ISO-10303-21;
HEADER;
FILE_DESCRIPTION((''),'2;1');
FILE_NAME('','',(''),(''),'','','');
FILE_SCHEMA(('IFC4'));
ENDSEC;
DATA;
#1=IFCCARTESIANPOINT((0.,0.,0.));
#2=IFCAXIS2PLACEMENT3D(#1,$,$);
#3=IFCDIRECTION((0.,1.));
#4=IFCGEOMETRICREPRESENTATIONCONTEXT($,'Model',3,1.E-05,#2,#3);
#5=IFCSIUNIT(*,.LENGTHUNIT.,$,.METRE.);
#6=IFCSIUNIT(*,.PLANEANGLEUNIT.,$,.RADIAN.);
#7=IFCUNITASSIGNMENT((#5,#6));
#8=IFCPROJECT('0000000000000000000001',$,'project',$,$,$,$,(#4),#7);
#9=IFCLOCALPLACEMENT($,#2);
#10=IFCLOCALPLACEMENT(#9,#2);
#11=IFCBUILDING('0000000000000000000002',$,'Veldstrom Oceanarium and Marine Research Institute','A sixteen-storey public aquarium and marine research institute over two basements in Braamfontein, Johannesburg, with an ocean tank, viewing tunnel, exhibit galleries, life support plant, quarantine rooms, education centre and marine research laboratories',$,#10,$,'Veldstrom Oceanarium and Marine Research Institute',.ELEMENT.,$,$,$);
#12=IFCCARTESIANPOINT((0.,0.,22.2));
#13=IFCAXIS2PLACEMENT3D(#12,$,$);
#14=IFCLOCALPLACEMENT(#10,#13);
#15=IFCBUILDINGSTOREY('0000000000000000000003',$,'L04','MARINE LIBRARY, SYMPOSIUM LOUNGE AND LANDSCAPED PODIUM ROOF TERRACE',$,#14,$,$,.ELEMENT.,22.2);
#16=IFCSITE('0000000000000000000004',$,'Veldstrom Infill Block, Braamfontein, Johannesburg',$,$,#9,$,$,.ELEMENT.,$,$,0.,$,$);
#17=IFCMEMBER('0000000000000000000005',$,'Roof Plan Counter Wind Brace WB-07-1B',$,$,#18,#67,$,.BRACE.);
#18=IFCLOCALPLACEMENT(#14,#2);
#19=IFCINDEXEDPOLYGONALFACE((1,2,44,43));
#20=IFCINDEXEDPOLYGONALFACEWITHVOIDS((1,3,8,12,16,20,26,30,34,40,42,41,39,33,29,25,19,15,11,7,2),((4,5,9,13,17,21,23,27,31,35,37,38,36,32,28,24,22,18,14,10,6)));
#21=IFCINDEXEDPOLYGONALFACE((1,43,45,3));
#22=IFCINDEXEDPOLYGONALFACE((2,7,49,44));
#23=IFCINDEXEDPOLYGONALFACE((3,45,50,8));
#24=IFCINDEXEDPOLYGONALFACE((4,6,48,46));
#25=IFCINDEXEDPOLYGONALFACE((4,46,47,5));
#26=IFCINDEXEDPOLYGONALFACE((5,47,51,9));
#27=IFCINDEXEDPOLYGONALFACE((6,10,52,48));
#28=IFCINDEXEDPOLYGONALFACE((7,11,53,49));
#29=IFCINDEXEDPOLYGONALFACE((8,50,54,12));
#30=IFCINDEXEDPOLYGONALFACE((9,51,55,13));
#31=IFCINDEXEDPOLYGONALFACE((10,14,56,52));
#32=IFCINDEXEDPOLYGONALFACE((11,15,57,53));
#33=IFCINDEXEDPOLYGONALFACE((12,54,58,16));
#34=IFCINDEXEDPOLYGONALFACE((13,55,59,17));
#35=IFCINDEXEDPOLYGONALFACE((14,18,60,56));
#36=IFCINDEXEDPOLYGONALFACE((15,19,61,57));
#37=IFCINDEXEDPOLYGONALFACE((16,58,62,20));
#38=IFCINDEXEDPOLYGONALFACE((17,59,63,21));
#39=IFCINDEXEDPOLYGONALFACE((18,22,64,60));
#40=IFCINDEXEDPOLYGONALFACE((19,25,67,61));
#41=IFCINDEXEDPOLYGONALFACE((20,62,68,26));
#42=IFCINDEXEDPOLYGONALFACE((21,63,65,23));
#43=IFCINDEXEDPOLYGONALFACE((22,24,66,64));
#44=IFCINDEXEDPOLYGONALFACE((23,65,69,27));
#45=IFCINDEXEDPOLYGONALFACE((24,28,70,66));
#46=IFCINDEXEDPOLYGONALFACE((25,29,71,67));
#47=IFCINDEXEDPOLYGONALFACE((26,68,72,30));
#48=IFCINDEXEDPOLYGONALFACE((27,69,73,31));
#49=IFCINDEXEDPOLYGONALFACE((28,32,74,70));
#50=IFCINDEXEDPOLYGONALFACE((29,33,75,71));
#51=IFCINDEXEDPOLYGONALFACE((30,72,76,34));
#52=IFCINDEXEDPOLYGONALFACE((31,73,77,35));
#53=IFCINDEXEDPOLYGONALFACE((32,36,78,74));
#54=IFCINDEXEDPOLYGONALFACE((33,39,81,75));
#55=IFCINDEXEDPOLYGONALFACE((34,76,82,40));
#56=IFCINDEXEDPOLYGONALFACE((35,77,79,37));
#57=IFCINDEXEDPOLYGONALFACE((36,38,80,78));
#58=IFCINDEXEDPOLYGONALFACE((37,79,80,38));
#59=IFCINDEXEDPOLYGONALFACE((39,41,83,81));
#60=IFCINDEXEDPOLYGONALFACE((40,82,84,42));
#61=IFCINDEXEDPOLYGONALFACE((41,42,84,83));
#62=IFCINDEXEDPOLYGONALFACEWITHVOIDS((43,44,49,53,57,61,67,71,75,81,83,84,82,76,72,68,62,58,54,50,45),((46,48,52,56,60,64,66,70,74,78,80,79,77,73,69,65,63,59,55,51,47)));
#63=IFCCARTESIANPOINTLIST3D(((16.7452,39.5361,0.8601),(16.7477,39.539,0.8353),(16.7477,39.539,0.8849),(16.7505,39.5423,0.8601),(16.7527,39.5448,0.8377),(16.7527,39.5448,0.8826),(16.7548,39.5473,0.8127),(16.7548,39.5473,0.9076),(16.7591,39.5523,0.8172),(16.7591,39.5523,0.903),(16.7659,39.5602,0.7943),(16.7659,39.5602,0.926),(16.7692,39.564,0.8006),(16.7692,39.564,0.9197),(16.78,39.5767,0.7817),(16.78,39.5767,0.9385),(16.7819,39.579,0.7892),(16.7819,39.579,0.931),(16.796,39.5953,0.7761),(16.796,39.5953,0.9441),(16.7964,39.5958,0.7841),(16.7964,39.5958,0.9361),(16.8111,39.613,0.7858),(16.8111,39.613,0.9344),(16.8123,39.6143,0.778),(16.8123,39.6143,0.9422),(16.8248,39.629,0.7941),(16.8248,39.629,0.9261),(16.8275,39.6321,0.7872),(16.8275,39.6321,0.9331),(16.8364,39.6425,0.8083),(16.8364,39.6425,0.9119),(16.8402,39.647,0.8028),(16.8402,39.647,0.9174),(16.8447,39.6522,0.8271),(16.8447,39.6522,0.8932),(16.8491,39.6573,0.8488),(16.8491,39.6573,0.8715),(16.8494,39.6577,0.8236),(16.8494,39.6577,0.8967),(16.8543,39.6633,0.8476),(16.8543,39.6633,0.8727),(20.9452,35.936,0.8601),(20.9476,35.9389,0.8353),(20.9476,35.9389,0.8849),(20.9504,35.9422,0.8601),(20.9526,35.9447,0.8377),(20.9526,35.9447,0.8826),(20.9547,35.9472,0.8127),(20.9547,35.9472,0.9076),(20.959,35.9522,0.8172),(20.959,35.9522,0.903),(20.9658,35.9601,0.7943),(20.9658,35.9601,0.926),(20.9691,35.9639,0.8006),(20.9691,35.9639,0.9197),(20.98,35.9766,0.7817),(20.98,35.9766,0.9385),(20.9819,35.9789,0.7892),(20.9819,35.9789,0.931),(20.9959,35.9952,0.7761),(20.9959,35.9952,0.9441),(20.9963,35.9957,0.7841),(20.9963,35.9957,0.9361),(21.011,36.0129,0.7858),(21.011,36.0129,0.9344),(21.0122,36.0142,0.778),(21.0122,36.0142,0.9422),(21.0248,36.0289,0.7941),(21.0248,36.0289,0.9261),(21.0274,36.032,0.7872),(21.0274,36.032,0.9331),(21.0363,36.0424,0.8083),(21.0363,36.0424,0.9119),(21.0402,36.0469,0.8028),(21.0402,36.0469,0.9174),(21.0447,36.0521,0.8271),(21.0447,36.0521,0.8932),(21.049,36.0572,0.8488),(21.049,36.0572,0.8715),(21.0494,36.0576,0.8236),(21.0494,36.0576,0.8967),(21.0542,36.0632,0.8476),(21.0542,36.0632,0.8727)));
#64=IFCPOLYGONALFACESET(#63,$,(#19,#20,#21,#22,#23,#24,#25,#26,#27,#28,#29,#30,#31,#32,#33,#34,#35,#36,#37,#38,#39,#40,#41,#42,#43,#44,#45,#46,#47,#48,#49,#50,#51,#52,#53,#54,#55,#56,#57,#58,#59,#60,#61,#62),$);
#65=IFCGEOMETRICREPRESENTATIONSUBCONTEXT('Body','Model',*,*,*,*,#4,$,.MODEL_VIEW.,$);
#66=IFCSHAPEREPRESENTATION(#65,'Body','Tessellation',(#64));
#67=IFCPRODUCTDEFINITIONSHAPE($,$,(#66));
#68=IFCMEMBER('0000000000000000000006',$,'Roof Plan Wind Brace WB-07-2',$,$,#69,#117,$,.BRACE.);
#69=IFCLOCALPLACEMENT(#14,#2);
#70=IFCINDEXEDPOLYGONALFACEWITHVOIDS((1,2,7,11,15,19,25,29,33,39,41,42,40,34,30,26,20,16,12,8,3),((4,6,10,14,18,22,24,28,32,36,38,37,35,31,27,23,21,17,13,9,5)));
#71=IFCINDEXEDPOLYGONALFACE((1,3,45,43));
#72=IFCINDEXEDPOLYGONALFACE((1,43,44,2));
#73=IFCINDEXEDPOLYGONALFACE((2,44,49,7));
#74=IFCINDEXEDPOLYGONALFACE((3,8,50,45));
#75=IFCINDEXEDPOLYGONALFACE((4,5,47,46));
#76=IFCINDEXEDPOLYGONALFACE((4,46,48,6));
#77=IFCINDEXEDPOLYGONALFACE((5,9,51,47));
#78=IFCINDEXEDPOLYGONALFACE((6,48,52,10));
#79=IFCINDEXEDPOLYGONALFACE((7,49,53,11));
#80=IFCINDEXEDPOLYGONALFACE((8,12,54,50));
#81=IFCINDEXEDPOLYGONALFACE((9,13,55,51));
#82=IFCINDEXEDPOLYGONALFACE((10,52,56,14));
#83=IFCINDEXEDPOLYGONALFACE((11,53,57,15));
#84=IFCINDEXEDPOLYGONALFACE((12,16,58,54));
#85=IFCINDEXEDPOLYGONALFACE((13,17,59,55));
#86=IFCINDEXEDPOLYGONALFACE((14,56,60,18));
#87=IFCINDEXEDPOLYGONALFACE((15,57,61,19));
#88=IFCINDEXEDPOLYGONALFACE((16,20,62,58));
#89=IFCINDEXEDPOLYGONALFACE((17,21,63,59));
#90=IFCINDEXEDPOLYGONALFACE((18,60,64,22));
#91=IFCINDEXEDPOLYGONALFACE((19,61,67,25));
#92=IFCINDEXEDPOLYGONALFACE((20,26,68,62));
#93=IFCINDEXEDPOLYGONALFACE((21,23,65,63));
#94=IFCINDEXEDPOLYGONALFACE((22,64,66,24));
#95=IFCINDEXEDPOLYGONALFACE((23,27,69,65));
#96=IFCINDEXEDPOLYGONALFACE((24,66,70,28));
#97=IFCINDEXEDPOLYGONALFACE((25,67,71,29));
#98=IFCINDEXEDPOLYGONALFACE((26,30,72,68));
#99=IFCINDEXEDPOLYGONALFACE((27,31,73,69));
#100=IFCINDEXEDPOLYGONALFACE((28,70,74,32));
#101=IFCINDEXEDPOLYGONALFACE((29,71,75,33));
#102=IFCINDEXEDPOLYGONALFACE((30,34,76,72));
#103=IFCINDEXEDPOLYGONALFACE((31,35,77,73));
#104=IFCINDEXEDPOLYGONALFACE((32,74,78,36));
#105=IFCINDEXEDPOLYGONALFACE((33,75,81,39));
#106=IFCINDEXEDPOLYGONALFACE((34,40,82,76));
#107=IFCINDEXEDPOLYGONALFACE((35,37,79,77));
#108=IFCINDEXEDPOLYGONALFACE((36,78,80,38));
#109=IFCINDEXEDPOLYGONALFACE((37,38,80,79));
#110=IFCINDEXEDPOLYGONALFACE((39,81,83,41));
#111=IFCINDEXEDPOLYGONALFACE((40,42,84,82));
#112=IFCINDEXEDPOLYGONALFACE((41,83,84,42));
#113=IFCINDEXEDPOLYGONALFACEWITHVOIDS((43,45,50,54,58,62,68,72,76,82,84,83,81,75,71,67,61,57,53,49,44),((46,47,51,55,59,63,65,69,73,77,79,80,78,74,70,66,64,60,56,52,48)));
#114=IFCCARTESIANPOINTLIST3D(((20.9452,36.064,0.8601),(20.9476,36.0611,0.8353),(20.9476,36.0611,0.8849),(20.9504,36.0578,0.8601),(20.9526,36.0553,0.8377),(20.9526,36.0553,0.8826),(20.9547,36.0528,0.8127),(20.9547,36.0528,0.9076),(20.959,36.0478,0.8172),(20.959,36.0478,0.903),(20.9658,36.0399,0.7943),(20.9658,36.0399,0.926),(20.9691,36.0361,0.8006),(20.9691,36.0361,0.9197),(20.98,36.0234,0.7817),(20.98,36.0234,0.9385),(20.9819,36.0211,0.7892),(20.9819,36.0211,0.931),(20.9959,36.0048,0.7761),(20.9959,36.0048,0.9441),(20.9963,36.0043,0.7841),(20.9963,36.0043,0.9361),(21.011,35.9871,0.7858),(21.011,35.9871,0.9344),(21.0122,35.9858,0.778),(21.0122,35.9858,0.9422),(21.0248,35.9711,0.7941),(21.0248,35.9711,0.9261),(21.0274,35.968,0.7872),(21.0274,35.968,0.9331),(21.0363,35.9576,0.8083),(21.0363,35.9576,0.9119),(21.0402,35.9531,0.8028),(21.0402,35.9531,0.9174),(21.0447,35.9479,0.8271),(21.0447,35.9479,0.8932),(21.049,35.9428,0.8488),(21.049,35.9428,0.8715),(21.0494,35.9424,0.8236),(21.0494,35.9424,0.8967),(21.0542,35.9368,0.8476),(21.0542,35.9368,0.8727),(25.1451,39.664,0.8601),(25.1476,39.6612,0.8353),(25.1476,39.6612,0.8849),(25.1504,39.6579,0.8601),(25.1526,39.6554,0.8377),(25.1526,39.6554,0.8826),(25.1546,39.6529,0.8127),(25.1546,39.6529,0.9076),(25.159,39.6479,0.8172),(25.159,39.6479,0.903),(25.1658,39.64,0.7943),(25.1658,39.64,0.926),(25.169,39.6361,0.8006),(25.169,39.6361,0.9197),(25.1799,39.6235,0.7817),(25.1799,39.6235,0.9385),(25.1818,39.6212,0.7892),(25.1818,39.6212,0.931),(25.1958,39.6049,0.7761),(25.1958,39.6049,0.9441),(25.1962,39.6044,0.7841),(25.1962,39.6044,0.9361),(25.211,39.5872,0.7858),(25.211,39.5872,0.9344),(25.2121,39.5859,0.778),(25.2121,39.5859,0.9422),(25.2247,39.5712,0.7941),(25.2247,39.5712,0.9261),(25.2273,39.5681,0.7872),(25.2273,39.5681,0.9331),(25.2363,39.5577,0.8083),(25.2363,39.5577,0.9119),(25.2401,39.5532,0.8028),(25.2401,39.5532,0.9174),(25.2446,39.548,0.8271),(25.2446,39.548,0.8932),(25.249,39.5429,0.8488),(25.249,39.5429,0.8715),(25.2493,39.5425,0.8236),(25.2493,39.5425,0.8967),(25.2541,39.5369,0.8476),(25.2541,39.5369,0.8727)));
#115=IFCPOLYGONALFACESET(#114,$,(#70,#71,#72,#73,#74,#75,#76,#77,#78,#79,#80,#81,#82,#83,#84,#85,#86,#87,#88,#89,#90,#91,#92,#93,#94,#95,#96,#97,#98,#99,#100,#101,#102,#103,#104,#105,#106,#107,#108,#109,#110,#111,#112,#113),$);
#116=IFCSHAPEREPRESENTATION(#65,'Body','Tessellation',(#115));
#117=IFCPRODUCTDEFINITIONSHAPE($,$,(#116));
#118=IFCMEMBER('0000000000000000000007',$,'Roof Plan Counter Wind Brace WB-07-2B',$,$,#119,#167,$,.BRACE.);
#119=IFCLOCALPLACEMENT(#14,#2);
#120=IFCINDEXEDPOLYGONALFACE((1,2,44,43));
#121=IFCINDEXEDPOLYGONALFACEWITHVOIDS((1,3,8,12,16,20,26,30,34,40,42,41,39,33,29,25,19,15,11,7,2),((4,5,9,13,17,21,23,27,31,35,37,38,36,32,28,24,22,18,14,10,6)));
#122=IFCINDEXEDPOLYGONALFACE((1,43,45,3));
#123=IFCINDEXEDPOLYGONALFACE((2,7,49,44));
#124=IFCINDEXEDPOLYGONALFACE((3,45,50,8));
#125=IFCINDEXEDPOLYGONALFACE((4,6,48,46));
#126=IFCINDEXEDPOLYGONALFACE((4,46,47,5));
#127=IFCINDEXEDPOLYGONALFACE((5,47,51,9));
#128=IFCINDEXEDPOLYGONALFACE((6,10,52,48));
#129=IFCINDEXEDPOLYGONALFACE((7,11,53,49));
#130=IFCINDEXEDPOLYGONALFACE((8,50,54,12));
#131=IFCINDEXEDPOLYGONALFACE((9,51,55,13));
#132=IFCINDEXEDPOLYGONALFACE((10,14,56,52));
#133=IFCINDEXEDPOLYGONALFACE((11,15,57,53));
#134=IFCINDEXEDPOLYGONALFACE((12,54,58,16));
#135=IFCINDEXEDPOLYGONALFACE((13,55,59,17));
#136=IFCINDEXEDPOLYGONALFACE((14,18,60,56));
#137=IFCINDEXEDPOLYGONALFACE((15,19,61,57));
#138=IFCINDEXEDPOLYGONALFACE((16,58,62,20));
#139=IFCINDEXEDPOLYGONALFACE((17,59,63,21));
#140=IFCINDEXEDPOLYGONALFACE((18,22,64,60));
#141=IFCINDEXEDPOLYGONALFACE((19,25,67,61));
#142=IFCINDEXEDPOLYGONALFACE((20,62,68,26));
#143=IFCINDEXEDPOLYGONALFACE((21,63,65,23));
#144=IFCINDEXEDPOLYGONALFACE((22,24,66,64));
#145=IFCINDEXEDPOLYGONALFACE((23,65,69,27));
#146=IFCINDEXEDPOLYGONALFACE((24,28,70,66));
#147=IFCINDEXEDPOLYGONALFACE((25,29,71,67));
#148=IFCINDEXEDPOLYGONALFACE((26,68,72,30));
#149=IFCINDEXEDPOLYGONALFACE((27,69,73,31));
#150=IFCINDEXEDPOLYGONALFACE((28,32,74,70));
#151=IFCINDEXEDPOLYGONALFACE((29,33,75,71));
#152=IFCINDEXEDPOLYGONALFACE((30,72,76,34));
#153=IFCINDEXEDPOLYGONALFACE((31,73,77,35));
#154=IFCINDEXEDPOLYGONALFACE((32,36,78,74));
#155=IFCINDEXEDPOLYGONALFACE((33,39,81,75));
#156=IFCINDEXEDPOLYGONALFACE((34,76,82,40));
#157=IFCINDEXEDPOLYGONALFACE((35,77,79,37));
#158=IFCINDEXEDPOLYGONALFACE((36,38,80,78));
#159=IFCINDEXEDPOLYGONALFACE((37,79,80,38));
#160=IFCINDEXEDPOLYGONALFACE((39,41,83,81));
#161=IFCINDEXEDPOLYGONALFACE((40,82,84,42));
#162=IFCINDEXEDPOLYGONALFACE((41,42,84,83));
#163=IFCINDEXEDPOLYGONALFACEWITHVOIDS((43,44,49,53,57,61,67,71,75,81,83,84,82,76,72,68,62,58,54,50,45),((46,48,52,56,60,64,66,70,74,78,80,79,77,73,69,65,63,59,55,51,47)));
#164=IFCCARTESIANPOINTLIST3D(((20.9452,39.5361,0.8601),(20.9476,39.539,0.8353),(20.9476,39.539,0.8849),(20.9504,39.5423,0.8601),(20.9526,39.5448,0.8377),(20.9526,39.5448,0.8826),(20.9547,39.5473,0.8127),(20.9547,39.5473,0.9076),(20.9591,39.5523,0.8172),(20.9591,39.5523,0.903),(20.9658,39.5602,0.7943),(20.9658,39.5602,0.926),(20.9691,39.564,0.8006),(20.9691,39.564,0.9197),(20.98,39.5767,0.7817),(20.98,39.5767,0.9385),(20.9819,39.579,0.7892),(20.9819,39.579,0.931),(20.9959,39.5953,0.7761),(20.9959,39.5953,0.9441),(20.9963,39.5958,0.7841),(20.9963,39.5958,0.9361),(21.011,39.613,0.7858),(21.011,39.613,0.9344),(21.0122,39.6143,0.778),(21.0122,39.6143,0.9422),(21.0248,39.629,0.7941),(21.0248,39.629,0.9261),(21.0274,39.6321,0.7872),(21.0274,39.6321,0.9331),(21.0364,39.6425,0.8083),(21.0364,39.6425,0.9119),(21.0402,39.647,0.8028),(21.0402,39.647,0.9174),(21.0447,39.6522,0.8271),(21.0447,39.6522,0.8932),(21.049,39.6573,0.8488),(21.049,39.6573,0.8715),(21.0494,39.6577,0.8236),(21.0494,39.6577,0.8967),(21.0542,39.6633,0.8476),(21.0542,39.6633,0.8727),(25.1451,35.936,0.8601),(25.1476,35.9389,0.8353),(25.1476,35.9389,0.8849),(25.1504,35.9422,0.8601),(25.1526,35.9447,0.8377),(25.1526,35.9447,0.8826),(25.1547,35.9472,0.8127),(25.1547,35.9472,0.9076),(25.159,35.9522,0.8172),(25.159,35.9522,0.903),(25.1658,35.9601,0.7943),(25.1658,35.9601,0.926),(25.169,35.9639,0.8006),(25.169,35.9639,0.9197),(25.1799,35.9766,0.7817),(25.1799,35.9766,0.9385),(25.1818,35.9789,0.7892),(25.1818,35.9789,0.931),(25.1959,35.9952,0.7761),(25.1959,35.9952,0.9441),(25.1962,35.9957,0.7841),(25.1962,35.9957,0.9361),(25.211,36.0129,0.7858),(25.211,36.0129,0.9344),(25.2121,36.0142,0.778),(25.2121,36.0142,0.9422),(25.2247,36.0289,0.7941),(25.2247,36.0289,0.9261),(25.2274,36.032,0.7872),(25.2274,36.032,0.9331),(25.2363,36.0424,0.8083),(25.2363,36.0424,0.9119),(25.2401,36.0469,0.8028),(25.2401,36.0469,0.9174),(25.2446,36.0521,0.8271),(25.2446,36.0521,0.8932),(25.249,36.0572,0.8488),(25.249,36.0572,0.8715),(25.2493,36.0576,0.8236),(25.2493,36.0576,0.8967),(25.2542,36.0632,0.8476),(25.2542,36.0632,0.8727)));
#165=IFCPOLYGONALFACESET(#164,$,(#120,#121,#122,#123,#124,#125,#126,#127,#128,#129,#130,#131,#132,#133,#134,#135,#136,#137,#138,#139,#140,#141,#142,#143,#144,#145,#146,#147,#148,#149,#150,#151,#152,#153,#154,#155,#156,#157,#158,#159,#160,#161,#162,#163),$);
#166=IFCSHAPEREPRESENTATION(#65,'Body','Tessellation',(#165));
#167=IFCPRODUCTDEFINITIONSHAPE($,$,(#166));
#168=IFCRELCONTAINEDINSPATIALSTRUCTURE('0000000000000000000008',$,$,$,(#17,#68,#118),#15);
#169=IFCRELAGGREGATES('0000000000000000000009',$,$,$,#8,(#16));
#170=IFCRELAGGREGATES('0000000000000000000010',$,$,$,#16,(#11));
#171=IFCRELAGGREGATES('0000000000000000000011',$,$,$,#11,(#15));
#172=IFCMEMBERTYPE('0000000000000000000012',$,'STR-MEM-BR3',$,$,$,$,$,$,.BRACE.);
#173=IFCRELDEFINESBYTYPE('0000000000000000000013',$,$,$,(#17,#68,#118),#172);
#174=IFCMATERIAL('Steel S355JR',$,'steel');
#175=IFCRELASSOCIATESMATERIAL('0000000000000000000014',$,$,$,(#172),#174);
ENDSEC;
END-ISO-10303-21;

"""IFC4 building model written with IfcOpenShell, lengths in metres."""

from ifc_helpers import new_model, si_unit, direction, frame, origin, origin_2d, place, context, subcontext, project, spatial, hollow_circle, extrude, material, material_profile, profile_set, type_object, element, save


model = new_model("IFC4")

# Units and contexts
model_context = context("Model", 3, precision=1e-05, world=origin(), true_north=direction((0.0, 1.0)))
body_context = subcontext(model_context, "Body", "Model", "MODEL_VIEW")
ifc_project = project(units=[si_unit("LENGTHUNIT", "METRE"), si_unit("PLANEANGLEUNIT", "RADIAN")], contexts=[model_context])

# Site, building, storey
site_placement = place(None, origin())
site = spatial("IfcSite", under=ifc_project, at=site_placement, Name="Veldstrom Infill Block, Braamfontein, Johannesburg", CompositionType="ELEMENT", RefElevation=0.0)
building_placement = place(site_placement, origin())
building = spatial("IfcBuilding", under=site, at=building_placement, Name="Veldstrom Oceanarium and Marine Research Institute", Description="A sixteen-storey public aquarium and marine research institute over two basements in Braamfontein, Johannesburg, with an ocean tank, viewing tunnel, exhibit galleries, life support plant, quarantine rooms, education centre and marine research laboratories", LongName="Veldstrom Oceanarium and Marine Research Institute", CompositionType="ELEMENT")
storey_placement = place(building_placement, frame((0.0, 0.0, 22.2)))
storey = spatial("IfcBuildingStorey", under=building, at=storey_placement, Name="L04", Description="MARINE LIBRARY, SYMPOSIUM LOUNGE AND LANDSCAPED PODIUM ROOF TERRACE", CompositionType="ELEMENT", Elevation=22.2)

# Members
ifc_material_1 = material(Name="Steel S355JR", Category="steel")
ifc_material_profile_1 = material_profile(ifc_material_1, hollow_circle(Radius=0.0842, WallThickness=0.0081, at=origin_2d()), Name="CHS 168.3x8")
ifc_profile_set_1 = profile_set([ifc_material_profile_1], Name="Steel S355JR")
member_type_1 = type_object("IfcMemberType", Name="STR-MEM-BR3", PredefinedType="BRACE", material=ifc_profile_set_1)
for number, where, z_axis, x_axis, name in (
    (1, (21.0, 36.0, 0.8601), (-0.759244, 0.650806, 0.0), (-0.650806, -0.759244, 0.0), "Roof Plan Counter Wind Brace WB-07-1B"),
    (2, (21.0, 36.0, 0.8601), (0.759244, 0.650806, 0.0), (-0.650806, 0.759244, 0.0), "Roof Plan Wind Brace WB-07-2"),
    (3, (25.2, 36.0, 0.8601), (-0.759244, 0.650806, 0.0), (-0.650806, -0.759244, 0.0), "Roof Plan Counter Wind Brace WB-07-2B"),
):
    element("IfcMember", number, at=place(storey_placement, frame(where, z_axis=z_axis, x_axis=x_axis)), inside=storey, type_object=member_type_1, Name=name, PredefinedType="BRACE", context=body_context, shape_type="SweptSolid", body=[
        extrude(hollow_circle(Radius=0.0842, WallThickness=0.0081, at=origin_2d()), origin(), (0.0, 0.0, 1.0), 5.5317),
    ])

save(model, "model.ifc")
